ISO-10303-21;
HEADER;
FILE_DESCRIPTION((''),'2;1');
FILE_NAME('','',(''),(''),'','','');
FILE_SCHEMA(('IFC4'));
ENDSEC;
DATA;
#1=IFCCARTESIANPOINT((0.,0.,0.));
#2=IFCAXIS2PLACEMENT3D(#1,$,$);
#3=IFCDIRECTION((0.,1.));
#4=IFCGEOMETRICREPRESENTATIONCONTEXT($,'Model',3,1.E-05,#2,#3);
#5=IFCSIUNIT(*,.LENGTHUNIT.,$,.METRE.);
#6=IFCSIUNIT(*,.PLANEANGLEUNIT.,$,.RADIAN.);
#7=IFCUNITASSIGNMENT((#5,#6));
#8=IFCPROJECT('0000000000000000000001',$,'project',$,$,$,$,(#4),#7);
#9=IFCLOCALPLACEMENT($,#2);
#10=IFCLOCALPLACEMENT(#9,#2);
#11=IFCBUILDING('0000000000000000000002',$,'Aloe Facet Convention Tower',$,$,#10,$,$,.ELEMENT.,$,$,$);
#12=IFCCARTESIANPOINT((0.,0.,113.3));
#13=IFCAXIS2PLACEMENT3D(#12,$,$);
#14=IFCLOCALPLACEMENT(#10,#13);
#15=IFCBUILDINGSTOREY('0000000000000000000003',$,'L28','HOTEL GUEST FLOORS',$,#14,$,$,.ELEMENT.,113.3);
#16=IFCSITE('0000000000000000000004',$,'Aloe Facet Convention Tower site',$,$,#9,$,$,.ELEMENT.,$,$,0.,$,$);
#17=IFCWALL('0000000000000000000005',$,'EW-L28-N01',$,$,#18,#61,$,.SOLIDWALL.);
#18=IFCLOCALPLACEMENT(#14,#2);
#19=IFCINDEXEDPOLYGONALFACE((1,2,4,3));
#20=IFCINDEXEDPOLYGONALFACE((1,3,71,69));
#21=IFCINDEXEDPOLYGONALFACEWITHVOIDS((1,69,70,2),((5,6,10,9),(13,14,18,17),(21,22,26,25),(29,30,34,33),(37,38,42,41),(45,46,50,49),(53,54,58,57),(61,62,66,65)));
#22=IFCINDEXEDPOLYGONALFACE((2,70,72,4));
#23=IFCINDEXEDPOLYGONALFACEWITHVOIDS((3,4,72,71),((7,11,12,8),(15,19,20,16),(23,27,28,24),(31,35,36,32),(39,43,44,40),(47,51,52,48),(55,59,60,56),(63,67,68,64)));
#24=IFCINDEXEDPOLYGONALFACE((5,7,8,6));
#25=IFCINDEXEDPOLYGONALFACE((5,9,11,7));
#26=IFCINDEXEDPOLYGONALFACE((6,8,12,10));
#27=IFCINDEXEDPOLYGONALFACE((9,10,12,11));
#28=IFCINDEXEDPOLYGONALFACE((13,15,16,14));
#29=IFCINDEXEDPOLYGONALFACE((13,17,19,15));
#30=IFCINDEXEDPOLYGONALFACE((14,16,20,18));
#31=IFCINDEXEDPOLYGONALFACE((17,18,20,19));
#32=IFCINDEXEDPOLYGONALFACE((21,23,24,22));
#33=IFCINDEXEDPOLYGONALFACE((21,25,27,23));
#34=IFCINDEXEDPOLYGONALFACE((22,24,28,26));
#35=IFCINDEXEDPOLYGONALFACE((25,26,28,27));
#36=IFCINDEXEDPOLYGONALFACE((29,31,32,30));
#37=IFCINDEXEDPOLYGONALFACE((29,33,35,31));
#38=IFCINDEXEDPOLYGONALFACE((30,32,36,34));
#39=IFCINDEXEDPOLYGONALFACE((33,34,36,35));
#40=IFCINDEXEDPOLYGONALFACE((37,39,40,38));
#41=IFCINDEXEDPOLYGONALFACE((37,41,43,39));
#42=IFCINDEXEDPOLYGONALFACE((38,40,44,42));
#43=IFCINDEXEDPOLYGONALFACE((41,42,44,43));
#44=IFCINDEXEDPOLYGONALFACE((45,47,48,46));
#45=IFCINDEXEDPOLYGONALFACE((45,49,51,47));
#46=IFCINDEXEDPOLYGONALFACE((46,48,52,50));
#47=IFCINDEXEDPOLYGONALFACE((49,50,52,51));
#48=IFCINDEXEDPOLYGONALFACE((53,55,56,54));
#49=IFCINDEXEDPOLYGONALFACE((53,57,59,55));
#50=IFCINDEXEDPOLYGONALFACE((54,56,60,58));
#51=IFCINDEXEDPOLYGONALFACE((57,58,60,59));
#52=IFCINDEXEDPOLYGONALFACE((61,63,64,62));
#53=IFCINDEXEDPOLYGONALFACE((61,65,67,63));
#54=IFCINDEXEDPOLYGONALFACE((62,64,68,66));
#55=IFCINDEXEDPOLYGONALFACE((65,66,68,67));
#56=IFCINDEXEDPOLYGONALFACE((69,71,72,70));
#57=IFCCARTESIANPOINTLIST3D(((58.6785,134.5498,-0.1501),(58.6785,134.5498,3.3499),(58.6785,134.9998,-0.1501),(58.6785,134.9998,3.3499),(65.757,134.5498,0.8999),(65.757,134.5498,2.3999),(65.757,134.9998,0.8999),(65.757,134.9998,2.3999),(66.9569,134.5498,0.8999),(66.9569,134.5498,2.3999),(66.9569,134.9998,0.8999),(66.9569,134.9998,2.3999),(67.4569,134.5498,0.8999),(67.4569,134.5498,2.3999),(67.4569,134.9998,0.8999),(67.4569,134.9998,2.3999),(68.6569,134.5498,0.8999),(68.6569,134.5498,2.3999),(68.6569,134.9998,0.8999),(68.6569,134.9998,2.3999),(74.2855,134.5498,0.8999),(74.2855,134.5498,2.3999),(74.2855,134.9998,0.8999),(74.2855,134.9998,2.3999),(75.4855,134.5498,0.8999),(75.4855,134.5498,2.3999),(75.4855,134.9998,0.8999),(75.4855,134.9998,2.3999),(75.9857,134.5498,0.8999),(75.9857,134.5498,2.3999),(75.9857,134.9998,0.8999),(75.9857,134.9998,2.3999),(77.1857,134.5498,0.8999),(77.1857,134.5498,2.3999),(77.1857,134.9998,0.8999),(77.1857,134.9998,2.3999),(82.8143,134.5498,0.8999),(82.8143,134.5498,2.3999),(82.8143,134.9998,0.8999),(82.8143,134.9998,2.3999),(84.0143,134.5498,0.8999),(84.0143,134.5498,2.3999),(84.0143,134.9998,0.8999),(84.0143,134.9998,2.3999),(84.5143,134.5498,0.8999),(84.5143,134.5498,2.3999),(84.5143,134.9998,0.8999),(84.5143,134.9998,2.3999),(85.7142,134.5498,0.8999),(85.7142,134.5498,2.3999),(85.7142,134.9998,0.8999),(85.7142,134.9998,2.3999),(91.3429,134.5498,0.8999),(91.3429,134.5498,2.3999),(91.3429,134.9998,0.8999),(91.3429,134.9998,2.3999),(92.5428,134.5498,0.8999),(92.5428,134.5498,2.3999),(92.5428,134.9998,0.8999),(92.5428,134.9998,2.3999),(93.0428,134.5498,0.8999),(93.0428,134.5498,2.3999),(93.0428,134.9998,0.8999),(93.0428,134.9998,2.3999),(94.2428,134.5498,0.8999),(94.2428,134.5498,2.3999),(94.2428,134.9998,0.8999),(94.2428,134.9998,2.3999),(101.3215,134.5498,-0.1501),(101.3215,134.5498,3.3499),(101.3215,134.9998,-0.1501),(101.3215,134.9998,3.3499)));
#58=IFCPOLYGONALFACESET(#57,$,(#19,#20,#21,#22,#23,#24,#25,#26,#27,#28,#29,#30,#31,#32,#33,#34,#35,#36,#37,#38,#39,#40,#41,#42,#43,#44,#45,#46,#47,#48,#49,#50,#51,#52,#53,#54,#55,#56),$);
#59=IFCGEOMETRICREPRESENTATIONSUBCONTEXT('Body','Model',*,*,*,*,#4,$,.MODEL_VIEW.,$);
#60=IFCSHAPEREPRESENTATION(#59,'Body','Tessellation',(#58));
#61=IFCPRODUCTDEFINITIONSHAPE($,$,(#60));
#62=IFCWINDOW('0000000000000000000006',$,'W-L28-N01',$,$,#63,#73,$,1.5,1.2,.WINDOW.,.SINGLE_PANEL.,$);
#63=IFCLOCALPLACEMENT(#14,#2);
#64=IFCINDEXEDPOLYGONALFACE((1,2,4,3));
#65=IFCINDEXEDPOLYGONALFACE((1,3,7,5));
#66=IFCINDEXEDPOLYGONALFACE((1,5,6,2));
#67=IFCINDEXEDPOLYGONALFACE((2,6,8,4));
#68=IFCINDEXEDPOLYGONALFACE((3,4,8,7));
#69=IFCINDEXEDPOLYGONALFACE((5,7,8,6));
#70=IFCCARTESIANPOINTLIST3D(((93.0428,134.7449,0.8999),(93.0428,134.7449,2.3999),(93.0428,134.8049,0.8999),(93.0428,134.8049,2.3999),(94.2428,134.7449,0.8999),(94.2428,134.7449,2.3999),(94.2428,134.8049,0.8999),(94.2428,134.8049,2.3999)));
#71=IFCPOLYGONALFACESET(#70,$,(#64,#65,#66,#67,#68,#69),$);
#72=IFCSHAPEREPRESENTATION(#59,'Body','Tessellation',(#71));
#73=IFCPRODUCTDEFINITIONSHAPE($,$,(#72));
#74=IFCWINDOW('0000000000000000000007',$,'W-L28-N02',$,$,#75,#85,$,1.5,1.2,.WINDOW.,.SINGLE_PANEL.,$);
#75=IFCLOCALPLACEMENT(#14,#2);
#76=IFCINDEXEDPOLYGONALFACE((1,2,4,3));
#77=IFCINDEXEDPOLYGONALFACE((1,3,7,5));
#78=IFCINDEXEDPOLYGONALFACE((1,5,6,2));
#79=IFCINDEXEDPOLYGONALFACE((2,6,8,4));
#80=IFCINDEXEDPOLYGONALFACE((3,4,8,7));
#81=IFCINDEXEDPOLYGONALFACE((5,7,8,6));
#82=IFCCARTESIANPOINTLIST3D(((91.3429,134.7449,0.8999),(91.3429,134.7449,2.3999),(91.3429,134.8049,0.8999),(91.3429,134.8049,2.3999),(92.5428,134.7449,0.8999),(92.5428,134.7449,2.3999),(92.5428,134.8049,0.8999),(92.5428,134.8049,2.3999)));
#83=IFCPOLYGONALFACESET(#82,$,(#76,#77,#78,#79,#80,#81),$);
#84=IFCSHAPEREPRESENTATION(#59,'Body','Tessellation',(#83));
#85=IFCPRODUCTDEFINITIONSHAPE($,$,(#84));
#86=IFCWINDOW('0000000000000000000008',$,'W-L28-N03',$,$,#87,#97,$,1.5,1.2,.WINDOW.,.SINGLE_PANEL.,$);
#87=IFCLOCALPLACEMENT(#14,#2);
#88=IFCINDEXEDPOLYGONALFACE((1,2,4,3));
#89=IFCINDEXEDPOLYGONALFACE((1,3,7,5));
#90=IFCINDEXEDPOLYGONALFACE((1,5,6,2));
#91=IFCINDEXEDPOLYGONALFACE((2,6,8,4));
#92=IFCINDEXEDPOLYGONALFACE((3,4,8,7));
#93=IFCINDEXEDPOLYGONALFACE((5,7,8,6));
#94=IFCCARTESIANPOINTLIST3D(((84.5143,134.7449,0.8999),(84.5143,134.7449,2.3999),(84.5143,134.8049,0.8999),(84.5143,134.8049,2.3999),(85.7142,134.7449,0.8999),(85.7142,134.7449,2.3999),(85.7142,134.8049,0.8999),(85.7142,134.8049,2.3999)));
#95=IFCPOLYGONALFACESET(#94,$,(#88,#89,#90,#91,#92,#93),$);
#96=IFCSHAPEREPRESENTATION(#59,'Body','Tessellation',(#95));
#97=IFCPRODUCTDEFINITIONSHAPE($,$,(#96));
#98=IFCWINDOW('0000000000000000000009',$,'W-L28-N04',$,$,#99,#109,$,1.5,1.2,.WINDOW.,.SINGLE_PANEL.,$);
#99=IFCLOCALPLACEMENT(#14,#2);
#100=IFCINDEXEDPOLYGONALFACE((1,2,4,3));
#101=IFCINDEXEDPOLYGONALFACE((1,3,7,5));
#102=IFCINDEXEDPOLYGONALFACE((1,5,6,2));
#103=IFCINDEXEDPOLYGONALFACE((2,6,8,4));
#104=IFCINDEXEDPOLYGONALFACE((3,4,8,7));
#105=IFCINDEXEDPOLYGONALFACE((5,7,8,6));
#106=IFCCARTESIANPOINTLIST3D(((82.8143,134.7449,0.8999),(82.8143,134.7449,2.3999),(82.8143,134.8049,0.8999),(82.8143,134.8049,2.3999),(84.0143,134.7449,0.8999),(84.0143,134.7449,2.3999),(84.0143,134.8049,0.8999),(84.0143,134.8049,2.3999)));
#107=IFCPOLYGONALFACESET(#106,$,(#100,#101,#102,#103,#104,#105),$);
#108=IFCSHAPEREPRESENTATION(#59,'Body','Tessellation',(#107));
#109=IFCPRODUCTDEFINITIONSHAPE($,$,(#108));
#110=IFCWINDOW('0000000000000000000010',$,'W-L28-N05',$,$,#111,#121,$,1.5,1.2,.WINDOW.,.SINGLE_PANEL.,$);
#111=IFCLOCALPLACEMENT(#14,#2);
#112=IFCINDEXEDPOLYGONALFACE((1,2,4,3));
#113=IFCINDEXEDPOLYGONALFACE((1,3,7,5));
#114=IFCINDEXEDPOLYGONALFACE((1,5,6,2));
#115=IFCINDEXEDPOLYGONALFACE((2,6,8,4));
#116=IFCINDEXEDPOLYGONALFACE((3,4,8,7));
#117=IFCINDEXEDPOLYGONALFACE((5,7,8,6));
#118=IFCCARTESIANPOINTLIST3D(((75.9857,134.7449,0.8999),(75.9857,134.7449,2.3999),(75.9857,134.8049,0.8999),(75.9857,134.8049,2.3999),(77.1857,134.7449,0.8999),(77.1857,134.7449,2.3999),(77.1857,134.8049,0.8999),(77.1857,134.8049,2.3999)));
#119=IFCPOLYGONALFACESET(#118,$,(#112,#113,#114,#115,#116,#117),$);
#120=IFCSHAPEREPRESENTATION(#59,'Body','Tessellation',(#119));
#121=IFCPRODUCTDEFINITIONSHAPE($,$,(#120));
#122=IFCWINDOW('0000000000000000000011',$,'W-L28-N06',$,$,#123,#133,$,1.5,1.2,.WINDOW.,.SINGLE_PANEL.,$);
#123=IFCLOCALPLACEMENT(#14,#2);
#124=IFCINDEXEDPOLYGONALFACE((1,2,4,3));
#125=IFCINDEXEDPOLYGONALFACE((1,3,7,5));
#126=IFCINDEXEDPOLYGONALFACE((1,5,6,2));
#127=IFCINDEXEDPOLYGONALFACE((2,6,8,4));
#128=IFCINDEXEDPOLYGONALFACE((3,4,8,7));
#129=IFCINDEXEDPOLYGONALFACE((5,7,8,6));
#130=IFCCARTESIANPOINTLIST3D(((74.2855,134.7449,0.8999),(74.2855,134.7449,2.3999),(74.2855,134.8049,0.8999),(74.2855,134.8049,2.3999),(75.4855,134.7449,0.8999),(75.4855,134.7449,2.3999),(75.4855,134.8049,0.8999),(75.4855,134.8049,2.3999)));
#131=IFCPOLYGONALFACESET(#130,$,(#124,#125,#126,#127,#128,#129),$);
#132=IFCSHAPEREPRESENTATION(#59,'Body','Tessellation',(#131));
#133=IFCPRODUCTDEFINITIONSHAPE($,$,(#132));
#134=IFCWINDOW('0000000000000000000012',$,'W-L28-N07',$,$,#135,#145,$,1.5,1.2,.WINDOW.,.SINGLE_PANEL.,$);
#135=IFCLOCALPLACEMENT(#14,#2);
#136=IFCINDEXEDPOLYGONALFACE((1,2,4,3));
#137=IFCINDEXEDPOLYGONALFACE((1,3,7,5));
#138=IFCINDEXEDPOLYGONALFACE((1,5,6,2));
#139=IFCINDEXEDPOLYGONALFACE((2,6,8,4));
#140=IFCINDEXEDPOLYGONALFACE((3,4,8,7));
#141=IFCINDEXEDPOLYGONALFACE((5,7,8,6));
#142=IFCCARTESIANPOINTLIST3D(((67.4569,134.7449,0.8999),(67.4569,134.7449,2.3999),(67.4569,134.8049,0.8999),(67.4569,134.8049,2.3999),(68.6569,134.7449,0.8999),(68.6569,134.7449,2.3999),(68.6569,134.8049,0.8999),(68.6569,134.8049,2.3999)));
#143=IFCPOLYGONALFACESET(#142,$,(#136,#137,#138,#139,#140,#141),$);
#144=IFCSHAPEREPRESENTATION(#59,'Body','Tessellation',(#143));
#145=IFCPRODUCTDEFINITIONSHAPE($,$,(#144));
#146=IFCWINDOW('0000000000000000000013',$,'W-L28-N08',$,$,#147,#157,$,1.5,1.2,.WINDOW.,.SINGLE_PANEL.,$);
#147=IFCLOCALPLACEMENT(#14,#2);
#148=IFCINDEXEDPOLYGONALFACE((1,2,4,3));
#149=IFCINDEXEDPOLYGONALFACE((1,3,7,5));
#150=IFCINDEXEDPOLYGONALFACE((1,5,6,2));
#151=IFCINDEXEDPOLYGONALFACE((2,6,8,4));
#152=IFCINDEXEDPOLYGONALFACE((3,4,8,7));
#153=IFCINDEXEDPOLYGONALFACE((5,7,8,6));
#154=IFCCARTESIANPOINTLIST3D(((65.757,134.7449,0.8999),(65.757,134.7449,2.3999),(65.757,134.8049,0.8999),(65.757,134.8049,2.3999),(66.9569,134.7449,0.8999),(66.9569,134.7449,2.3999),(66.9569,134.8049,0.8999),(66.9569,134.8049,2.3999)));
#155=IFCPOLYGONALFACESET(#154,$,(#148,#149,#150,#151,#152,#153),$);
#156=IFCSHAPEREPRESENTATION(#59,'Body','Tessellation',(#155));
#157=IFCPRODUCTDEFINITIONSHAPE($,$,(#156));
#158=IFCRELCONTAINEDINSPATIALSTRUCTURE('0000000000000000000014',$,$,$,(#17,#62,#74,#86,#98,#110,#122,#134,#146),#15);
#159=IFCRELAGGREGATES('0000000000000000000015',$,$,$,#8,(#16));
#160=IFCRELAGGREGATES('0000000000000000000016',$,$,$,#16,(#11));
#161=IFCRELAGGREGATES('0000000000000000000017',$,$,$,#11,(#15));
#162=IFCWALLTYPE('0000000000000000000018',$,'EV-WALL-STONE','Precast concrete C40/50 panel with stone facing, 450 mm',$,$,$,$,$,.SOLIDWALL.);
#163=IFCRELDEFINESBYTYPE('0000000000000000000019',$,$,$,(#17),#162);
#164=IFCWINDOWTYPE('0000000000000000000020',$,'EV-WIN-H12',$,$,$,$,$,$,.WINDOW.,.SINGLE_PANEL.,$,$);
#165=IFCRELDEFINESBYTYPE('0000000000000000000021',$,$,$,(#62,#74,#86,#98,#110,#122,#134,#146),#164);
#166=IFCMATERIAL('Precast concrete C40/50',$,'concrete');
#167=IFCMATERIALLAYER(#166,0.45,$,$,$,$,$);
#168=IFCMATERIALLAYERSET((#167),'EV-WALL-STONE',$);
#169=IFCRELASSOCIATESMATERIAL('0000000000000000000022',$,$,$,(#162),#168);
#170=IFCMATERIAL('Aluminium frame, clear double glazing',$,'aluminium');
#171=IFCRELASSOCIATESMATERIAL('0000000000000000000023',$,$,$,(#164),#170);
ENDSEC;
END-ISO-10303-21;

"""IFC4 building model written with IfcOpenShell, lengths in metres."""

from ifc_helpers import new_model, si_unit, direction, frame, frame_2d, origin, place, context, subcontext, project, spatial, polyline, rectangle, outline, extrude, material, layer, layer_set, type_object, element, fill, save


model = new_model("IFC4")

# Units and contexts
model_context = context("Model", 3, precision=1e-05, world=origin(), true_north=direction((0.0, 1.0)))
body_context = subcontext(model_context, "Body", "Model", "MODEL_VIEW")
ifc_project = project(units=[si_unit("LENGTHUNIT", "METRE"), si_unit("PLANEANGLEUNIT", "RADIAN")], contexts=[model_context])

# Site, building, storey
site_placement = place(None, origin())
site = spatial("IfcSite", under=ifc_project, at=site_placement, Name="Aloe Facet Convention Tower site", CompositionType="ELEMENT", RefElevation=0.0)
building_placement = place(site_placement, origin())
building = spatial("IfcBuilding", under=site, at=building_placement, Name="Aloe Facet Convention Tower", CompositionType="ELEMENT")
storey_placement = place(building_placement, frame((0.0, 0.0, 113.3)))
storey = spatial("IfcBuildingStorey", under=building, at=storey_placement, Name="L28", Description="HOTEL GUEST FLOORS", CompositionType="ELEMENT", Elevation=113.3)

# Wall, openings, windows
ifc_material_1 = material(Name="Precast concrete C40/50", Category="concrete")
ifc_layer_1 = layer(ifc_material_1, 0.45)
ifc_layer_set_1 = layer_set([ifc_layer_1], Name="EV-WALL-STONE")
wall_type_1 = type_object("IfcWallType", Name="EV-WALL-STONE", Description="Precast concrete C40/50 panel with stone facing, 450 mm", PredefinedType="SOLIDWALL", material=ifc_layer_set_1)
wall_1_placement = place(storey_placement, frame((101.3215, 134.7749, -0.1501), z_axis=(0.0, 0.0, 1.0), x_axis=(-1.0, 0.0, 0.0)))
wall_1 = element("IfcWall", 1, at=wall_1_placement, inside=storey, type_object=wall_type_1, Name="EW-L28-N01", PredefinedType="SOLIDWALL", context=body_context, shape_type="SweptSolid", body=[
    extrude(outline(polyline([(42.6431, 0.0), (42.6431, 3.5), (0.0, 3.5), (0.0, 0.0), (42.6431, 0.0)])), frame((0.0, 0.2251, 0.0), z_axis=(0.0, -1.0, 0.0), x_axis=(1.0, 0.0, 0.0)), (0.0, 0.0, 1.0), 0.45),
])
opening_1_placement = place(wall_1_placement, frame((7.0786, 0.0, 1.05)))
opening_1 = element("IfcOpeningElement", 2, at=opening_1_placement, cuts=wall_1, PredefinedType="OPENING", context=body_context, shape_type="SweptSolid", body=[
    extrude(rectangle(XDim=1.2, YDim=1.5, at=frame_2d((0.6001, 0.75))), frame((0.0, 0.2349, 0.0), z_axis=(0.0, -1.0, 0.0), x_axis=(1.0, 0.0, 0.0)), (0.0, 0.0, 1.0), 0.47),
])
opening_2_placement = place(wall_1_placement, frame((8.7786, 0.0, 1.05)))
opening_2 = element("IfcOpeningElement", 3, at=opening_2_placement, cuts=wall_1, PredefinedType="OPENING", context=body_context, shape_type="SweptSolid", body=[
    extrude(rectangle(XDim=1.2, YDim=1.5, at=frame_2d((0.6001, 0.75))), frame((0.0, 0.2349, 0.0), z_axis=(0.0, -1.0, 0.0), x_axis=(1.0, 0.0, 0.0)), (0.0, 0.0, 1.0), 0.47),
])
opening_3_placement = place(wall_1_placement, frame((15.6072, 0.0, 1.05)))
opening_3 = element("IfcOpeningElement", 4, at=opening_3_placement, cuts=wall_1, PredefinedType="OPENING", context=body_context, shape_type="SweptSolid", body=[
    extrude(rectangle(XDim=1.2, YDim=1.5, at=frame_2d((0.6001, 0.75))), frame((0.0, 0.2349, 0.0), z_axis=(0.0, -1.0, 0.0), x_axis=(1.0, 0.0, 0.0)), (0.0, 0.0, 1.0), 0.47),
])
opening_4_placement = place(wall_1_placement, frame((17.3071, 0.0, 1.05)))
opening_4 = element("IfcOpeningElement", 5, at=opening_4_placement, cuts=wall_1, PredefinedType="OPENING", context=body_context, shape_type="SweptSolid", body=[
    extrude(rectangle(XDim=1.2, YDim=1.5, at=frame_2d((0.6001, 0.75))), frame((0.0, 0.2349, 0.0), z_axis=(0.0, -1.0, 0.0), x_axis=(1.0, 0.0, 0.0)), (0.0, 0.0, 1.0), 0.47),
])
opening_5_placement = place(wall_1_placement, frame((24.1357, 0.0, 1.05)))
opening_5 = element("IfcOpeningElement", 6, at=opening_5_placement, cuts=wall_1, PredefinedType="OPENING", context=body_context, shape_type="SweptSolid", body=[
    extrude(rectangle(XDim=1.2, YDim=1.5, at=frame_2d((0.6001, 0.75))), frame((0.0, 0.2349, 0.0), z_axis=(0.0, -1.0, 0.0), x_axis=(1.0, 0.0, 0.0)), (0.0, 0.0, 1.0), 0.47),
])
opening_6_placement = place(wall_1_placement, frame((25.8359, 0.0, 1.05)))
opening_6 = element("IfcOpeningElement", 7, at=opening_6_placement, cuts=wall_1, PredefinedType="OPENING", context=body_context, shape_type="SweptSolid", body=[
    extrude(rectangle(XDim=1.2, YDim=1.5, at=frame_2d((0.6001, 0.75))), frame((0.0, 0.2349, 0.0), z_axis=(0.0, -1.0, 0.0), x_axis=(1.0, 0.0, 0.0)), (0.0, 0.0, 1.0), 0.47),
])
opening_7_placement = place(wall_1_placement, frame((32.6646, 0.0, 1.05)))
opening_7 = element("IfcOpeningElement", 8, at=opening_7_placement, cuts=wall_1, PredefinedType="OPENING", context=body_context, shape_type="SweptSolid", body=[
    extrude(rectangle(XDim=1.2, YDim=1.5, at=frame_2d((0.6001, 0.75))), frame((0.0, 0.2349, 0.0), z_axis=(0.0, -1.0, 0.0), x_axis=(1.0, 0.0, 0.0)), (0.0, 0.0, 1.0), 0.47),
])
opening_8_placement = place(wall_1_placement, frame((34.3645, 0.0, 1.05)))
opening_8 = element("IfcOpeningElement", 9, at=opening_8_placement, cuts=wall_1, PredefinedType="OPENING", context=body_context, shape_type="SweptSolid", body=[
    extrude(rectangle(XDim=1.2, YDim=1.5, at=frame_2d((0.6001, 0.75))), frame((0.0, 0.2349, 0.0), z_axis=(0.0, -1.0, 0.0), x_axis=(1.0, 0.0, 0.0)), (0.0, 0.0, 1.0), 0.47),
])
ifc_material_2 = material(Name="Aluminium frame, clear double glazing", Category="aluminium")
window_type = type_object("IfcWindowType", Name="EV-WIN-H12", PartitioningType="SINGLE_PANEL", PredefinedType="WINDOW", material=ifc_material_2)
window_1_placement = place(opening_1_placement, origin())
window_1 = element("IfcWindow", 10, at=window_1_placement, inside=storey, type_object=window_type, Name="W-L28-N01", OverallHeight=1.5, OverallWidth=1.2, PartitioningType="SINGLE_PANEL", PredefinedType="WINDOW", context=body_context, shape_type="SweptSolid", body=[
    extrude(rectangle(XDim=1.2, YDim=1.5, at=frame_2d((0.6001, 0.75))), frame((0.0, 0.03, 0.0), z_axis=(0.0, -1.0, 0.0), x_axis=(1.0, 0.0, 0.0)), (0.0, 0.0, 1.0), 0.0601),
])
fill(opening_1, window_1)
window_2_placement = place(opening_2_placement, origin())
window_2 = element("IfcWindow", 11, at=window_2_placement, inside=storey, type_object=window_type, Name="W-L28-N02", OverallHeight=1.5, OverallWidth=1.2, PartitioningType="SINGLE_PANEL", PredefinedType="WINDOW", context=body_context, shape_type="SweptSolid", body=[
    extrude(rectangle(XDim=1.2, YDim=1.5, at=frame_2d((0.6001, 0.75))), frame((0.0, 0.03, 0.0), z_axis=(0.0, -1.0, 0.0), x_axis=(1.0, 0.0, 0.0)), (0.0, 0.0, 1.0), 0.0601),
])
fill(opening_2, window_2)
window_3_placement = place(opening_3_placement, origin())
window_3 = element("IfcWindow", 12, at=window_3_placement, inside=storey, type_object=window_type, Name="W-L28-N03", OverallHeight=1.5, OverallWidth=1.2, PartitioningType="SINGLE_PANEL", PredefinedType="WINDOW", context=body_context, shape_type="SweptSolid", body=[
    extrude(rectangle(XDim=1.2, YDim=1.5, at=frame_2d((0.6001, 0.75))), frame((0.0, 0.03, 0.0), z_axis=(0.0, -1.0, 0.0), x_axis=(1.0, 0.0, 0.0)), (0.0, 0.0, 1.0), 0.0601),
])
fill(opening_3, window_3)
window_4_placement = place(opening_4_placement, origin())
window_4 = element("IfcWindow", 13, at=window_4_placement, inside=storey, type_object=window_type, Name="W-L28-N04", OverallHeight=1.5, OverallWidth=1.2, PartitioningType="SINGLE_PANEL", PredefinedType="WINDOW", context=body_context, shape_type="SweptSolid", body=[
    extrude(rectangle(XDim=1.2, YDim=1.5, at=frame_2d((0.6001, 0.75))), frame((0.0, 0.03, 0.0), z_axis=(0.0, -1.0, 0.0), x_axis=(1.0, 0.0, 0.0)), (0.0, 0.0, 1.0), 0.0601),
])
fill(opening_4, window_4)
window_5_placement = place(opening_5_placement, origin())
window_5 = element("IfcWindow", 14, at=window_5_placement, inside=storey, type_object=window_type, Name="W-L28-N05", OverallHeight=1.5, OverallWidth=1.2, PartitioningType="SINGLE_PANEL", PredefinedType="WINDOW", context=body_context, shape_type="SweptSolid", body=[
    extrude(rectangle(XDim=1.2, YDim=1.5, at=frame_2d((0.6001, 0.75))), frame((0.0, 0.03, 0.0), z_axis=(0.0, -1.0, 0.0), x_axis=(1.0, 0.0, 0.0)), (0.0, 0.0, 1.0), 0.0601),
])
fill(opening_5, window_5)
window_6_placement = place(opening_6_placement, origin())
window_6 = element("IfcWindow", 15, at=window_6_placement, inside=storey, type_object=window_type, Name="W-L28-N06", OverallHeight=1.5, OverallWidth=1.2, PartitioningType="SINGLE_PANEL", PredefinedType="WINDOW", context=body_context, shape_type="SweptSolid", body=[
    extrude(rectangle(XDim=1.2, YDim=1.5, at=frame_2d((0.6001, 0.75))), frame((0.0, 0.03, 0.0), z_axis=(0.0, -1.0, 0.0), x_axis=(1.0, 0.0, 0.0)), (0.0, 0.0, 1.0), 0.0601),
])
fill(opening_6, window_6)
window_7_placement = place(opening_7_placement, origin())
window_7 = element("IfcWindow", 16, at=window_7_placement, inside=storey, type_object=window_type, Name="W-L28-N07", OverallHeight=1.5, OverallWidth=1.2, PartitioningType="SINGLE_PANEL", PredefinedType="WINDOW", context=body_context, shape_type="SweptSolid", body=[
    extrude(rectangle(XDim=1.2, YDim=1.5, at=frame_2d((0.6001, 0.75))), frame((0.0, 0.03, 0.0), z_axis=(0.0, -1.0, 0.0), x_axis=(1.0, 0.0, 0.0)), (0.0, 0.0, 1.0), 0.0601),
])
fill(opening_7, window_7)
window_8_placement = place(opening_8_placement, origin())
window_8 = element("IfcWindow", 17, at=window_8_placement, inside=storey, type_object=window_type, Name="W-L28-N08", OverallHeight=1.5, OverallWidth=1.2, PartitioningType="SINGLE_PANEL", PredefinedType="WINDOW", context=body_context, shape_type="SweptSolid", body=[
    extrude(rectangle(XDim=1.2, YDim=1.5, at=frame_2d((0.6001, 0.75))), frame((0.0, 0.03, 0.0), z_axis=(0.0, -1.0, 0.0), x_axis=(1.0, 0.0, 0.0)), (0.0, 0.0, 1.0), 0.0601),
])
fill(opening_8, window_8)

save(model, "model.ifc")
